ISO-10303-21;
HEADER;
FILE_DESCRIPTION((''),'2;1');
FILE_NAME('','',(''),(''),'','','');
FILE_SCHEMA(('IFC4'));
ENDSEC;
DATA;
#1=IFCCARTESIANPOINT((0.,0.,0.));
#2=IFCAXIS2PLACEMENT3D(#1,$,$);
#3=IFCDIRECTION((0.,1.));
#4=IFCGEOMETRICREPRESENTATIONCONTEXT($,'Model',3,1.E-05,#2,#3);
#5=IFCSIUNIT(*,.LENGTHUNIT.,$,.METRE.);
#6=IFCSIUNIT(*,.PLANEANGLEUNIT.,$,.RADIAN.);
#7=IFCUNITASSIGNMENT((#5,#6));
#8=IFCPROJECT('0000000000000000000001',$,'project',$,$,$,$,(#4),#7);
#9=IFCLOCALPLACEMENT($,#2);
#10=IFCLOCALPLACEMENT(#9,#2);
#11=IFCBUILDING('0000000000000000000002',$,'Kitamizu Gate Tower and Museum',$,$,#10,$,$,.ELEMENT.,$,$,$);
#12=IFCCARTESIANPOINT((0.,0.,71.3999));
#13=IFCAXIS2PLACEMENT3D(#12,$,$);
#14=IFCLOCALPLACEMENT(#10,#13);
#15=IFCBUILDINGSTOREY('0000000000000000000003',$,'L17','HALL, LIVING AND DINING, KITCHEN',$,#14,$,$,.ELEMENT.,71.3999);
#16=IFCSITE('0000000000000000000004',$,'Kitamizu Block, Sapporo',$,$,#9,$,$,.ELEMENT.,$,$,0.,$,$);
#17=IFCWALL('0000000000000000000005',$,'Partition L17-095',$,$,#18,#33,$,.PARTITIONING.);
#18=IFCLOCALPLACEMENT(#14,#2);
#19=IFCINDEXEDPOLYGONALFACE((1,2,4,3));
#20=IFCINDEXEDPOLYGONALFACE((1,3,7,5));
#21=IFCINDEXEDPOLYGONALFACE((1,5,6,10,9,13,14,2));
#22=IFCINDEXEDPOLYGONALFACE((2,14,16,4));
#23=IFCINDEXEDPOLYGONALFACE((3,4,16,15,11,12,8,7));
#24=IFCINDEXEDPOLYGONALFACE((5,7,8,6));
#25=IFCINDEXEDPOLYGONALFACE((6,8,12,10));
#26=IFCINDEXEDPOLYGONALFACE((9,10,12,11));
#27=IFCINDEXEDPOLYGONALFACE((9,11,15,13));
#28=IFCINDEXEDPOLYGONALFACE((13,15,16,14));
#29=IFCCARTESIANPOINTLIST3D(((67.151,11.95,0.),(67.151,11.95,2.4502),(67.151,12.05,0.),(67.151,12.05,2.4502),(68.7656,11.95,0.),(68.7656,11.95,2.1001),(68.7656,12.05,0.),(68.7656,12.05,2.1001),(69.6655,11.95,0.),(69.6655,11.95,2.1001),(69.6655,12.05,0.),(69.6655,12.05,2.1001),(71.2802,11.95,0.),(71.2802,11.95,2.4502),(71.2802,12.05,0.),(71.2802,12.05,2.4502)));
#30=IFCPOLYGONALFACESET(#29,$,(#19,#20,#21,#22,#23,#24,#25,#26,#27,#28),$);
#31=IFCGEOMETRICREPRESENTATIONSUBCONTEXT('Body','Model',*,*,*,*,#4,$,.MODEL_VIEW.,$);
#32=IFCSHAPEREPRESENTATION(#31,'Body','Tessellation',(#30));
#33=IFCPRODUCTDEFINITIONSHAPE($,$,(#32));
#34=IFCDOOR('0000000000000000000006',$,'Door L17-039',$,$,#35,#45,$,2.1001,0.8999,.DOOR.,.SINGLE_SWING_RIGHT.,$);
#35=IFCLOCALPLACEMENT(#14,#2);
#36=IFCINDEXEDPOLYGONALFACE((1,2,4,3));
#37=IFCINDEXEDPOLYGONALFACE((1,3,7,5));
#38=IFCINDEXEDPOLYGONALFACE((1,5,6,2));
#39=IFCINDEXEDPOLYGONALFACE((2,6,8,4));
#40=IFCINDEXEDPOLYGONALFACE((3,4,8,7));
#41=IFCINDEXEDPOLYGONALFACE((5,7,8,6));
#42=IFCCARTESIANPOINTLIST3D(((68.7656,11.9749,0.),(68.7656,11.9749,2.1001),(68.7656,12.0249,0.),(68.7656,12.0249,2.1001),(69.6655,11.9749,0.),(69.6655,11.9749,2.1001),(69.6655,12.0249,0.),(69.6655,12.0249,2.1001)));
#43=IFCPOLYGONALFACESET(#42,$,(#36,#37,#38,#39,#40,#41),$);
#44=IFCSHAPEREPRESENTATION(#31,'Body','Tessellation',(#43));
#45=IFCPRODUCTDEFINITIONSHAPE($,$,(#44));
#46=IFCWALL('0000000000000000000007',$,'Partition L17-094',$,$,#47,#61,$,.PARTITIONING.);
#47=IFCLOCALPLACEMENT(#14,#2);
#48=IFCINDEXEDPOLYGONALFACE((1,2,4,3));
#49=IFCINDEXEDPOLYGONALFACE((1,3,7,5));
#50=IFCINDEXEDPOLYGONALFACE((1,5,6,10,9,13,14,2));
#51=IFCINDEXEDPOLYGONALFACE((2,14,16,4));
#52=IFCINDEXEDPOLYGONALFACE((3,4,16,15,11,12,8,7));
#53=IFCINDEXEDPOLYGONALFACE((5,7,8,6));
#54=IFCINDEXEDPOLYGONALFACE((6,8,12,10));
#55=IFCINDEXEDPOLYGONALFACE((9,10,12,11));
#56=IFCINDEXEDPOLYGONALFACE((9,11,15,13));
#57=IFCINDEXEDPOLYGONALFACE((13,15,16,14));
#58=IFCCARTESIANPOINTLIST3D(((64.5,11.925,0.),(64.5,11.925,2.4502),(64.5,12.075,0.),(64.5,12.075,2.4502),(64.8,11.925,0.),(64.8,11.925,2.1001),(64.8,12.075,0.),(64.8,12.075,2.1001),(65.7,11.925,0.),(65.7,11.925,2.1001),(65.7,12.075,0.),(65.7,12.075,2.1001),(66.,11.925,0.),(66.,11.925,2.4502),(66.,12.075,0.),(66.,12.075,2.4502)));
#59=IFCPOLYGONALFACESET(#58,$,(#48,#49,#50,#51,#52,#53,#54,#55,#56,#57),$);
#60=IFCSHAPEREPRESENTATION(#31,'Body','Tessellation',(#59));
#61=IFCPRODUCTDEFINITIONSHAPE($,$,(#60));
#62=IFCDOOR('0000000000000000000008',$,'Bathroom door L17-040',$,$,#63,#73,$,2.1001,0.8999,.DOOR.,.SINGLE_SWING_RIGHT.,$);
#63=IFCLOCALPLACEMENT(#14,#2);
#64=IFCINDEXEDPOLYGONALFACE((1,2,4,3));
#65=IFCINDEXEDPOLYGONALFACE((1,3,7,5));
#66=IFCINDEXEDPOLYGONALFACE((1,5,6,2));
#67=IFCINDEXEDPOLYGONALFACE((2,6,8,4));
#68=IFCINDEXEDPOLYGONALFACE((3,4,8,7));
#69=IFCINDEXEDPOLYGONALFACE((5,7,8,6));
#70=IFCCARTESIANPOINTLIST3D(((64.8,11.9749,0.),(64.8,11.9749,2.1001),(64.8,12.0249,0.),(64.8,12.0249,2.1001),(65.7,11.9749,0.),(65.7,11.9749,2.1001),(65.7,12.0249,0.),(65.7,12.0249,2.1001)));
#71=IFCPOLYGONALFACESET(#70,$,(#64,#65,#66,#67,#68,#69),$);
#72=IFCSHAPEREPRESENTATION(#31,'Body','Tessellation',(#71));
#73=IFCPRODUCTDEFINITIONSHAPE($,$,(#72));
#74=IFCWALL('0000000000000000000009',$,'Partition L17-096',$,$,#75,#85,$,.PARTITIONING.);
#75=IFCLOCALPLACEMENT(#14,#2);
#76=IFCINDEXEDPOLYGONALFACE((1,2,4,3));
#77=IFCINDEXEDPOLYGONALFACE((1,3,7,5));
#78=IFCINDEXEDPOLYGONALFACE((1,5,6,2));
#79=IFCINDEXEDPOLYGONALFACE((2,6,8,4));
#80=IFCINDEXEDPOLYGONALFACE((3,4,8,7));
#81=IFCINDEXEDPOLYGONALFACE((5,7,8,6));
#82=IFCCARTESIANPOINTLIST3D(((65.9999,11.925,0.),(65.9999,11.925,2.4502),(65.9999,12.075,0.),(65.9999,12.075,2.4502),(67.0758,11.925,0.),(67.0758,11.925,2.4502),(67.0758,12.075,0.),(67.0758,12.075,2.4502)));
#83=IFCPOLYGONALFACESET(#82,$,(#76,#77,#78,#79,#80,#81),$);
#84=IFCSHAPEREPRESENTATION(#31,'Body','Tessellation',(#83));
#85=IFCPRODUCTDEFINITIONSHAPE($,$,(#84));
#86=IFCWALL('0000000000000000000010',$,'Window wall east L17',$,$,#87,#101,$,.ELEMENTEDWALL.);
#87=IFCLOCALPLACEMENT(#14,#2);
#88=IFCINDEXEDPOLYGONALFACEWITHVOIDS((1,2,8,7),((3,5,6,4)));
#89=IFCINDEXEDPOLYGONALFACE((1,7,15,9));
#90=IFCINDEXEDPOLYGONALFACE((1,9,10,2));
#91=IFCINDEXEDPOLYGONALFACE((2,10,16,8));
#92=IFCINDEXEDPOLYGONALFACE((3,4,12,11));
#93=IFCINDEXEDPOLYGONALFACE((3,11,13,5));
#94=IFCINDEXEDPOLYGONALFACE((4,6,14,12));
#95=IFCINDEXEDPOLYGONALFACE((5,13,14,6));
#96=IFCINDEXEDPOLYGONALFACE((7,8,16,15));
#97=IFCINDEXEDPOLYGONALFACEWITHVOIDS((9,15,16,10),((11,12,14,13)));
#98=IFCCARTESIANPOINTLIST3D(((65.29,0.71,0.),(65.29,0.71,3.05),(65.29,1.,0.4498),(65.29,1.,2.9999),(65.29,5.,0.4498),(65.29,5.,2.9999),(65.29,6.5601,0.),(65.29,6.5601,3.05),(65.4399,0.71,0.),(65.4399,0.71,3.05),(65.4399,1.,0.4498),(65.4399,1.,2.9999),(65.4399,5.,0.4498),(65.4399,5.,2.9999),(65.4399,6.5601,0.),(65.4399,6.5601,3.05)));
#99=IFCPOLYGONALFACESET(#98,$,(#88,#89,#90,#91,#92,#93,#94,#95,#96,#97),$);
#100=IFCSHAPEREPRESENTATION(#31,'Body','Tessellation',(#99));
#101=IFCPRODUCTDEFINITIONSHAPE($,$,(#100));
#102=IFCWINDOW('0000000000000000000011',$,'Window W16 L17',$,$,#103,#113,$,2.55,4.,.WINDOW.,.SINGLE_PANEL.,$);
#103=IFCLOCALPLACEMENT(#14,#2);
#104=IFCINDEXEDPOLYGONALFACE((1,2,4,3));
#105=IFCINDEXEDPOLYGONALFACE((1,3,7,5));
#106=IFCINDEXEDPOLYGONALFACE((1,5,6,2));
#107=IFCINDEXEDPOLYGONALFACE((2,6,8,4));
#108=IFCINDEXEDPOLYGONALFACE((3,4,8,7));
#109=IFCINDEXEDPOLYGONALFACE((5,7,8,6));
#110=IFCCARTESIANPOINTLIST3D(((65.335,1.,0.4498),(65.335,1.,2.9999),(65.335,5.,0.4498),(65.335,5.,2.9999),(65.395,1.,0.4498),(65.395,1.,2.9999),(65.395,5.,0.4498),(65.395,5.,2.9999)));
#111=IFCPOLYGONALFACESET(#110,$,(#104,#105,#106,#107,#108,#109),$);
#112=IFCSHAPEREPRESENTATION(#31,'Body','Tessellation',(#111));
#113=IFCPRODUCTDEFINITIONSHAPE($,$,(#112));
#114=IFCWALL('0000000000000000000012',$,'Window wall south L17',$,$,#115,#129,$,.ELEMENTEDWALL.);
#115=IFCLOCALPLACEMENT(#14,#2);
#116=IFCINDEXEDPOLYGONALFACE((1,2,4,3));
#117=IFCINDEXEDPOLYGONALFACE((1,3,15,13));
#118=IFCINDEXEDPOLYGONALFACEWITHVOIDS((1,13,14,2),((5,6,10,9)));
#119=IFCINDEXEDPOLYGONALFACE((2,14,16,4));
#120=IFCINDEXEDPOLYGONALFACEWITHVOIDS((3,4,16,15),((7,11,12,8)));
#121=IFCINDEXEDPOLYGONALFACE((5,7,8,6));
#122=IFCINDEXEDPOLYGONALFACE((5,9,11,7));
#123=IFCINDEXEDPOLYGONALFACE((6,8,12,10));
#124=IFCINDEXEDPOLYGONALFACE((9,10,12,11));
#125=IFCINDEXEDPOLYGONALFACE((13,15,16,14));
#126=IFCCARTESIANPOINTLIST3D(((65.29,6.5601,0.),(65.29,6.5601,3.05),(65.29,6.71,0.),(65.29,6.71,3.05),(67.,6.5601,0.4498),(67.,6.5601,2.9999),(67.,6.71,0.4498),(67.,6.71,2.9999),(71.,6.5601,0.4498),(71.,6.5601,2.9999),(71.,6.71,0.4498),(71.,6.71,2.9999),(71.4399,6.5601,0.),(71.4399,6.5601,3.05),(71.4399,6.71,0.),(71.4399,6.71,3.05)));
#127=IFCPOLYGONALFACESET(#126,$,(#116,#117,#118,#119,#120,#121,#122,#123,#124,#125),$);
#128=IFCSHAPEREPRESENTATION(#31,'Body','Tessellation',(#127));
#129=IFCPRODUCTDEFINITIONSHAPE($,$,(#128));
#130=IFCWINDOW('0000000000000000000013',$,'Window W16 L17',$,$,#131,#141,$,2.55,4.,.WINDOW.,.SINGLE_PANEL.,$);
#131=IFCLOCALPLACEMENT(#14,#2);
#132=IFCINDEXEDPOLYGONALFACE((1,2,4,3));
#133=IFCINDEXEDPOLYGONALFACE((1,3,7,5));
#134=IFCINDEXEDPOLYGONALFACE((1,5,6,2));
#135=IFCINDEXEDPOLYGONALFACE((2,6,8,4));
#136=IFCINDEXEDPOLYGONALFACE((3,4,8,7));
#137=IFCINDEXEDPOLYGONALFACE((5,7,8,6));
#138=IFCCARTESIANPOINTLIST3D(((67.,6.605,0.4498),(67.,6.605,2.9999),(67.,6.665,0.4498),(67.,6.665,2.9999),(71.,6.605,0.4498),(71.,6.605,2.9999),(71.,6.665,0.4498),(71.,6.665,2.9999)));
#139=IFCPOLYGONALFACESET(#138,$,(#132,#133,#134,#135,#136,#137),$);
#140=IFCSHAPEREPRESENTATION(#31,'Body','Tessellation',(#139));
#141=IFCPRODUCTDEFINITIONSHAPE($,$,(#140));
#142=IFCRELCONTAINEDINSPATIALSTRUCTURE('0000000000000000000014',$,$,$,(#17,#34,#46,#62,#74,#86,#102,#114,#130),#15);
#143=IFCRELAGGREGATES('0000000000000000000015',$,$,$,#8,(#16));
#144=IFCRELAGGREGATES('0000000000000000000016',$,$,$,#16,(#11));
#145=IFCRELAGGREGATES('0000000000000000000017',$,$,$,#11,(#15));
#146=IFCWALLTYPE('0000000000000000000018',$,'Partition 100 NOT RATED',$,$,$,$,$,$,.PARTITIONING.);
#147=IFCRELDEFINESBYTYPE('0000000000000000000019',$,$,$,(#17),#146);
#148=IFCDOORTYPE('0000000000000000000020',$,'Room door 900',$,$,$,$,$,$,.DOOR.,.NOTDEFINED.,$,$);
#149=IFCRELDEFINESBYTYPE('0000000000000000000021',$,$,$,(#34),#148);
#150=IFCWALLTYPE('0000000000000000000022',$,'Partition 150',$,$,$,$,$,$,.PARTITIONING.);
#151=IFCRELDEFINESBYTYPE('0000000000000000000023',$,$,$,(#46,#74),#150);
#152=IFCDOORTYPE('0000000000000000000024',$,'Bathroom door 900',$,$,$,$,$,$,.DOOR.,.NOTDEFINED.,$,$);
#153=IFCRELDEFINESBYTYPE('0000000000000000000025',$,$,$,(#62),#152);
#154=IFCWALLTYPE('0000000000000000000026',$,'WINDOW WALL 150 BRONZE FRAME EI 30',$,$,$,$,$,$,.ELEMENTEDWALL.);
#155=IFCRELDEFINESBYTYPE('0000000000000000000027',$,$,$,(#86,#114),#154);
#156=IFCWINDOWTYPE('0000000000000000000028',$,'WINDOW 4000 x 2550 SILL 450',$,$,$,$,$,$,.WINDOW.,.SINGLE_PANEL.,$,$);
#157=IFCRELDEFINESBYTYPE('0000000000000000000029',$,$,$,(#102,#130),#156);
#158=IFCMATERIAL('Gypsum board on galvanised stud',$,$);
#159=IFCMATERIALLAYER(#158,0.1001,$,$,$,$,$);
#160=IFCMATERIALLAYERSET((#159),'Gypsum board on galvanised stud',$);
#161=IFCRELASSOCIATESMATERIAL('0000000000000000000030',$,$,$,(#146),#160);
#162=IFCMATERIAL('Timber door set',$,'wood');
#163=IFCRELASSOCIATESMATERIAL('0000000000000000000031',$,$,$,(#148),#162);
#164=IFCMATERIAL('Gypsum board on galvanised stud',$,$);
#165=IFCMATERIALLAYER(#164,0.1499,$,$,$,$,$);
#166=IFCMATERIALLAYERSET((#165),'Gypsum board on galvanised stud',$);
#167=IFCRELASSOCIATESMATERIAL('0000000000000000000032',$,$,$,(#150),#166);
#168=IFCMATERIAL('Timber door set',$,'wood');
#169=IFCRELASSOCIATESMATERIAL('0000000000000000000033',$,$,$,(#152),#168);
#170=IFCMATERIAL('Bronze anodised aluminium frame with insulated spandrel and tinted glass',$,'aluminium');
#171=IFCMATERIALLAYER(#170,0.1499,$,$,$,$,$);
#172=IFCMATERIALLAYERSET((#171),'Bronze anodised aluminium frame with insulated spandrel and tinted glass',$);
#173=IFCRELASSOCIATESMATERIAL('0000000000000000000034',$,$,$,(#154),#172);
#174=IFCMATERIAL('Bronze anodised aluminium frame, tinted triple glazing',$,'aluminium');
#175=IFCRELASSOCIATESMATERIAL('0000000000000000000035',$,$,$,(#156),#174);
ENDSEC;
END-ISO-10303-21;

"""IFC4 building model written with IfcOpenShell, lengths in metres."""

from ifc_helpers import new_model, si_unit, direction, frame, frame_2d, origin, place, context, subcontext, project, spatial, rectangle, extrude, material, layer, layer_set, type_object, element, fill, save


model = new_model("IFC4")

# Units and contexts
model_context = context("Model", 3, precision=1e-05, world=origin(), true_north=direction((0.0, 1.0)))
body_context = subcontext(model_context, "Body", "Model", "MODEL_VIEW")
ifc_project = project(units=[si_unit("LENGTHUNIT", "METRE"), si_unit("PLANEANGLEUNIT", "RADIAN")], contexts=[model_context])

# Site, building, storey
site_placement = place(None, origin())
site = spatial("IfcSite", under=ifc_project, at=site_placement, Name="Kitamizu Block, Sapporo", CompositionType="ELEMENT", RefElevation=0.0)
building_placement = place(site_placement, origin())
building = spatial("IfcBuilding", under=site, at=building_placement, Name="Kitamizu Gate Tower and Museum", CompositionType="ELEMENT")
storey_placement = place(building_placement, frame((0.0, 0.0, 71.3999)))
storey = spatial("IfcBuildingStorey", under=building, at=storey_placement, Name="L17", Description="HALL, LIVING AND DINING, KITCHEN", CompositionType="ELEMENT", Elevation=71.3999)

# Shared definitions
ifc_material_1 = material(Name="Gypsum board on galvanised stud")
ifc_layer_1 = layer(ifc_material_1, 0.1001)
ifc_layer_set_1 = layer_set([ifc_layer_1], Name="Gypsum board on galvanised stud")
wall_type_1 = type_object("IfcWallType", Name="Partition 100 NOT RATED", PredefinedType="PARTITIONING", material=ifc_layer_set_1)

# Walls, openings, doors
ifc_material_2 = material(Name="Timber door set", Category="wood")
door_type_1 = type_object("IfcDoorType", Name="Room door 900", OperationType="NOTDEFINED", PredefinedType="DOOR", material=ifc_material_2)
wall_1_placement = place(storey_placement, frame((71.28, 12.0, 0.0), z_axis=(0.0, 0.0, 1.0), x_axis=(-1.0, 0.0, 0.0)))
wall_1 = element("IfcWall", 1, at=wall_1_placement, inside=storey, type_object=wall_type_1, Name="Partition L17-095", PredefinedType="PARTITIONING", context=body_context, shape_type="SweptSolid", body=[
    extrude(rectangle(XDim=4.1292, YDim=0.1001, at=frame_2d((2.0645, 0.0))), origin(), (0.0, 0.0, 1.0), 2.4502),
])
opening_1_placement = place(wall_1_placement, frame((1.6145, 0.0, 0.0)))
opening_1 = element("IfcOpeningElement", 2, at=opening_1_placement, cuts=wall_1, PredefinedType="OPENING", context=body_context, shape_type="SweptSolid", body=[
    extrude(rectangle(XDim=0.8999, YDim=2.1001, at=frame_2d((0.45, 1.05))), frame((0.0, 0.0601, 0.0), z_axis=(0.0, -1.0, 0.0), x_axis=(1.0, 0.0, 0.0)), (0.0, 0.0, 1.0), 0.1201),
])
door_1_placement = place(opening_1_placement, frame((0.8999, 0.0, 0.0), x_axis=(-1.0, 0.0, 0.0)))
door_1 = element("IfcDoor", 3, at=door_1_placement, inside=storey, type_object=door_type_1, Name="Door L17-039", OperationType="SINGLE_SWING_RIGHT", OverallHeight=2.1001, OverallWidth=0.8999, PredefinedType="DOOR", context=body_context, shape_type="SweptSolid", body=[
    extrude(rectangle(XDim=0.8999, YDim=2.1001, at=frame_2d((0.45, 1.05))), frame((0.0, 0.0249, 0.0), z_axis=(0.0, -1.0, 0.0), x_axis=(1.0, 0.0, 0.0)), (0.0, 0.0, 1.0), 0.05),
])
fill(opening_1, door_1)
ifc_material_3 = material(Name="Gypsum board on galvanised stud")
ifc_layer_2 = layer(ifc_material_3, 0.1499)
ifc_layer_set_2 = layer_set([ifc_layer_2], Name="Gypsum board on galvanised stud")
wall_type_2 = type_object("IfcWallType", Name="Partition 150", PredefinedType="PARTITIONING", material=ifc_layer_set_2)
wall_2_placement = place(storey_placement, frame((66.0, 12.0, 0.0), z_axis=(0.0, 0.0, 1.0), x_axis=(-1.0, 0.0, 0.0)))
wall_2 = element("IfcWall", 4, at=wall_2_placement, inside=storey, type_object=wall_type_2, Name="Partition L17-094", PredefinedType="PARTITIONING", context=body_context, shape_type="SweptSolid", body=[
    extrude(rectangle(XDim=1.5, YDim=0.1499, at=frame_2d((0.75, 0.0))), origin(), (0.0, 0.0, 1.0), 2.4502),
])
opening_2_placement = place(wall_2_placement, frame((0.3, 0.0, 0.0)))
opening_2 = element("IfcOpeningElement", 5, at=opening_2_placement, cuts=wall_2, PredefinedType="OPENING", context=body_context, shape_type="SweptSolid", body=[
    extrude(rectangle(XDim=0.8999, YDim=2.1001, at=frame_2d((0.45, 1.05))), frame((0.0, 0.085, 0.0), z_axis=(0.0, -1.0, 0.0), x_axis=(1.0, 0.0, 0.0)), (0.0, 0.0, 1.0), 0.1699),
])
ifc_material_4 = material(Name="Timber door set", Category="wood")
door_type_2 = type_object("IfcDoorType", Name="Bathroom door 900", OperationType="NOTDEFINED", PredefinedType="DOOR", material=ifc_material_4)
door_2_placement = place(opening_2_placement, frame((0.8999, 0.0, 0.0), x_axis=(-1.0, 0.0, 0.0)))
door_2 = element("IfcDoor", 6, at=door_2_placement, inside=storey, type_object=door_type_2, Name="Bathroom door L17-040", OperationType="SINGLE_SWING_RIGHT", OverallHeight=2.1001, OverallWidth=0.8999, PredefinedType="DOOR", context=body_context, shape_type="SweptSolid", body=[
    extrude(rectangle(XDim=0.8999, YDim=2.1001, at=frame_2d((0.45, 1.05))), frame((0.0, 0.0249, 0.0), z_axis=(0.0, -1.0, 0.0), x_axis=(1.0, 0.0, 0.0)), (0.0, 0.0, 1.0), 0.05),
])
fill(opening_2, door_2)

# Wall
wall_3_placement = place(storey_placement, frame((67.0759, 12.0, 0.0), z_axis=(0.0, 0.0, 1.0), x_axis=(-1.0, 0.0, 0.0)))
element("IfcWall", 7, at=wall_3_placement, inside=storey, type_object=wall_type_2, Name="Partition L17-096", PredefinedType="PARTITIONING", context=body_context, shape_type="SweptSolid", body=[
    extrude(rectangle(XDim=1.0759, YDim=0.1499, at=frame_2d((0.5381, 0.0))), origin(), (0.0, 0.0, 1.0), 2.4502),
])

# Walls, openings, windows
ifc_material_5 = material(Name="Bronze anodised aluminium frame with insulated spandrel and tinted glass", Category="aluminium")
ifc_layer_3 = layer(ifc_material_5, 0.1499)
ifc_layer_set_3 = layer_set([ifc_layer_3], Name="Bronze anodised aluminium frame with insulated spandrel and tinted glass")
wall_type_3 = type_object("IfcWallType", Name="WINDOW WALL 150 BRONZE FRAME EI 30", PredefinedType="ELEMENTEDWALL", material=ifc_layer_set_3)
wall_4_placement = place(storey_placement, frame((65.365, 0.71, 0.0), z_axis=(0.0, 0.0, 1.0), x_axis=(0.0, 1.0, 0.0)))
wall_4 = element("IfcWall", 8, at=wall_4_placement, inside=storey, type_object=wall_type_3, Name="Window wall east L17", PredefinedType="ELEMENTEDWALL", context=body_context, shape_type="SweptSolid", body=[
    extrude(rectangle(XDim=5.8501, YDim=0.1499, at=frame_2d((2.925, 0.0))), origin(), (0.0, 0.0, 1.0), 3.05),
])
opening_3_placement = place(wall_4_placement, frame((0.29, 0.0, 0.45)))
opening_3 = element("IfcOpeningElement", 9, at=opening_3_placement, cuts=wall_4, PredefinedType="OPENING", context=body_context, shape_type="SweptSolid", body=[
    extrude(rectangle(XDim=4.0, YDim=2.55, at=frame_2d((2.0, 1.2749))), frame((0.0, 0.085, 0.0), z_axis=(0.0, -1.0, 0.0), x_axis=(1.0, 0.0, 0.0)), (0.0, 0.0, 1.0), 0.1699),
])
ifc_material_6 = material(Name="Bronze anodised aluminium frame, tinted triple glazing", Category="aluminium")
window_type_1 = type_object("IfcWindowType", Name="WINDOW 4000 x 2550 SILL 450", PartitioningType="SINGLE_PANEL", PredefinedType="WINDOW", material=ifc_material_6)
window_1_placement = place(opening_3_placement, origin())
window_1 = element("IfcWindow", 10, at=window_1_placement, inside=storey, type_object=window_type_1, Name="Window W16 L17", OverallHeight=2.55, OverallWidth=4.0, PartitioningType="SINGLE_PANEL", PredefinedType="WINDOW", context=body_context, shape_type="SweptSolid", body=[
    extrude(rectangle(XDim=4.0, YDim=2.55, at=frame_2d((2.0, 1.2749))), frame((0.0, 0.03, 0.0), z_axis=(0.0, -1.0, 0.0), x_axis=(1.0, 0.0, 0.0)), (0.0, 0.0, 1.0), 0.0601),
])
fill(opening_3, window_1)
wall_5_placement = place(storey_placement, frame((65.29, 6.635, 0.0), z_axis=(0.0, 0.0, 1.0), x_axis=(1.0, 0.0, 0.0)))
wall_5 = element("IfcWall", 11, at=wall_5_placement, inside=storey, type_object=wall_type_3, Name="Window wall south L17", PredefinedType="ELEMENTEDWALL", context=body_context, shape_type="SweptSolid", body=[
    extrude(rectangle(XDim=6.1499, YDim=0.1499, at=frame_2d((3.075, 0.0))), origin(), (0.0, 0.0, 1.0), 3.05),
])
opening_4_placement = place(wall_5_placement, frame((1.71, 0.0, 0.45)))
opening_4 = element("IfcOpeningElement", 12, at=opening_4_placement, cuts=wall_5, PredefinedType="OPENING", context=body_context, shape_type="SweptSolid", body=[
    extrude(rectangle(XDim=4.0, YDim=2.55, at=frame_2d((2.0, 1.2749))), frame((0.0, 0.085, 0.0), z_axis=(0.0, -1.0, 0.0), x_axis=(1.0, 0.0, 0.0)), (0.0, 0.0, 1.0), 0.1699),
])
window_2_placement = place(opening_4_placement, origin())
window_2 = element("IfcWindow", 13, at=window_2_placement, inside=storey, type_object=window_type_1, Name="Window W16 L17", OverallHeight=2.55, OverallWidth=4.0, PartitioningType="SINGLE_PANEL", PredefinedType="WINDOW", context=body_context, shape_type="SweptSolid", body=[
    extrude(rectangle(XDim=4.0, YDim=2.55, at=frame_2d((2.0, 1.2749))), frame((0.0, 0.03, 0.0), z_axis=(0.0, -1.0, 0.0), x_axis=(1.0, 0.0, 0.0)), (0.0, 0.0, 1.0), 0.0601),
])
fill(opening_4, window_2)

save(model, "model.ifc")
